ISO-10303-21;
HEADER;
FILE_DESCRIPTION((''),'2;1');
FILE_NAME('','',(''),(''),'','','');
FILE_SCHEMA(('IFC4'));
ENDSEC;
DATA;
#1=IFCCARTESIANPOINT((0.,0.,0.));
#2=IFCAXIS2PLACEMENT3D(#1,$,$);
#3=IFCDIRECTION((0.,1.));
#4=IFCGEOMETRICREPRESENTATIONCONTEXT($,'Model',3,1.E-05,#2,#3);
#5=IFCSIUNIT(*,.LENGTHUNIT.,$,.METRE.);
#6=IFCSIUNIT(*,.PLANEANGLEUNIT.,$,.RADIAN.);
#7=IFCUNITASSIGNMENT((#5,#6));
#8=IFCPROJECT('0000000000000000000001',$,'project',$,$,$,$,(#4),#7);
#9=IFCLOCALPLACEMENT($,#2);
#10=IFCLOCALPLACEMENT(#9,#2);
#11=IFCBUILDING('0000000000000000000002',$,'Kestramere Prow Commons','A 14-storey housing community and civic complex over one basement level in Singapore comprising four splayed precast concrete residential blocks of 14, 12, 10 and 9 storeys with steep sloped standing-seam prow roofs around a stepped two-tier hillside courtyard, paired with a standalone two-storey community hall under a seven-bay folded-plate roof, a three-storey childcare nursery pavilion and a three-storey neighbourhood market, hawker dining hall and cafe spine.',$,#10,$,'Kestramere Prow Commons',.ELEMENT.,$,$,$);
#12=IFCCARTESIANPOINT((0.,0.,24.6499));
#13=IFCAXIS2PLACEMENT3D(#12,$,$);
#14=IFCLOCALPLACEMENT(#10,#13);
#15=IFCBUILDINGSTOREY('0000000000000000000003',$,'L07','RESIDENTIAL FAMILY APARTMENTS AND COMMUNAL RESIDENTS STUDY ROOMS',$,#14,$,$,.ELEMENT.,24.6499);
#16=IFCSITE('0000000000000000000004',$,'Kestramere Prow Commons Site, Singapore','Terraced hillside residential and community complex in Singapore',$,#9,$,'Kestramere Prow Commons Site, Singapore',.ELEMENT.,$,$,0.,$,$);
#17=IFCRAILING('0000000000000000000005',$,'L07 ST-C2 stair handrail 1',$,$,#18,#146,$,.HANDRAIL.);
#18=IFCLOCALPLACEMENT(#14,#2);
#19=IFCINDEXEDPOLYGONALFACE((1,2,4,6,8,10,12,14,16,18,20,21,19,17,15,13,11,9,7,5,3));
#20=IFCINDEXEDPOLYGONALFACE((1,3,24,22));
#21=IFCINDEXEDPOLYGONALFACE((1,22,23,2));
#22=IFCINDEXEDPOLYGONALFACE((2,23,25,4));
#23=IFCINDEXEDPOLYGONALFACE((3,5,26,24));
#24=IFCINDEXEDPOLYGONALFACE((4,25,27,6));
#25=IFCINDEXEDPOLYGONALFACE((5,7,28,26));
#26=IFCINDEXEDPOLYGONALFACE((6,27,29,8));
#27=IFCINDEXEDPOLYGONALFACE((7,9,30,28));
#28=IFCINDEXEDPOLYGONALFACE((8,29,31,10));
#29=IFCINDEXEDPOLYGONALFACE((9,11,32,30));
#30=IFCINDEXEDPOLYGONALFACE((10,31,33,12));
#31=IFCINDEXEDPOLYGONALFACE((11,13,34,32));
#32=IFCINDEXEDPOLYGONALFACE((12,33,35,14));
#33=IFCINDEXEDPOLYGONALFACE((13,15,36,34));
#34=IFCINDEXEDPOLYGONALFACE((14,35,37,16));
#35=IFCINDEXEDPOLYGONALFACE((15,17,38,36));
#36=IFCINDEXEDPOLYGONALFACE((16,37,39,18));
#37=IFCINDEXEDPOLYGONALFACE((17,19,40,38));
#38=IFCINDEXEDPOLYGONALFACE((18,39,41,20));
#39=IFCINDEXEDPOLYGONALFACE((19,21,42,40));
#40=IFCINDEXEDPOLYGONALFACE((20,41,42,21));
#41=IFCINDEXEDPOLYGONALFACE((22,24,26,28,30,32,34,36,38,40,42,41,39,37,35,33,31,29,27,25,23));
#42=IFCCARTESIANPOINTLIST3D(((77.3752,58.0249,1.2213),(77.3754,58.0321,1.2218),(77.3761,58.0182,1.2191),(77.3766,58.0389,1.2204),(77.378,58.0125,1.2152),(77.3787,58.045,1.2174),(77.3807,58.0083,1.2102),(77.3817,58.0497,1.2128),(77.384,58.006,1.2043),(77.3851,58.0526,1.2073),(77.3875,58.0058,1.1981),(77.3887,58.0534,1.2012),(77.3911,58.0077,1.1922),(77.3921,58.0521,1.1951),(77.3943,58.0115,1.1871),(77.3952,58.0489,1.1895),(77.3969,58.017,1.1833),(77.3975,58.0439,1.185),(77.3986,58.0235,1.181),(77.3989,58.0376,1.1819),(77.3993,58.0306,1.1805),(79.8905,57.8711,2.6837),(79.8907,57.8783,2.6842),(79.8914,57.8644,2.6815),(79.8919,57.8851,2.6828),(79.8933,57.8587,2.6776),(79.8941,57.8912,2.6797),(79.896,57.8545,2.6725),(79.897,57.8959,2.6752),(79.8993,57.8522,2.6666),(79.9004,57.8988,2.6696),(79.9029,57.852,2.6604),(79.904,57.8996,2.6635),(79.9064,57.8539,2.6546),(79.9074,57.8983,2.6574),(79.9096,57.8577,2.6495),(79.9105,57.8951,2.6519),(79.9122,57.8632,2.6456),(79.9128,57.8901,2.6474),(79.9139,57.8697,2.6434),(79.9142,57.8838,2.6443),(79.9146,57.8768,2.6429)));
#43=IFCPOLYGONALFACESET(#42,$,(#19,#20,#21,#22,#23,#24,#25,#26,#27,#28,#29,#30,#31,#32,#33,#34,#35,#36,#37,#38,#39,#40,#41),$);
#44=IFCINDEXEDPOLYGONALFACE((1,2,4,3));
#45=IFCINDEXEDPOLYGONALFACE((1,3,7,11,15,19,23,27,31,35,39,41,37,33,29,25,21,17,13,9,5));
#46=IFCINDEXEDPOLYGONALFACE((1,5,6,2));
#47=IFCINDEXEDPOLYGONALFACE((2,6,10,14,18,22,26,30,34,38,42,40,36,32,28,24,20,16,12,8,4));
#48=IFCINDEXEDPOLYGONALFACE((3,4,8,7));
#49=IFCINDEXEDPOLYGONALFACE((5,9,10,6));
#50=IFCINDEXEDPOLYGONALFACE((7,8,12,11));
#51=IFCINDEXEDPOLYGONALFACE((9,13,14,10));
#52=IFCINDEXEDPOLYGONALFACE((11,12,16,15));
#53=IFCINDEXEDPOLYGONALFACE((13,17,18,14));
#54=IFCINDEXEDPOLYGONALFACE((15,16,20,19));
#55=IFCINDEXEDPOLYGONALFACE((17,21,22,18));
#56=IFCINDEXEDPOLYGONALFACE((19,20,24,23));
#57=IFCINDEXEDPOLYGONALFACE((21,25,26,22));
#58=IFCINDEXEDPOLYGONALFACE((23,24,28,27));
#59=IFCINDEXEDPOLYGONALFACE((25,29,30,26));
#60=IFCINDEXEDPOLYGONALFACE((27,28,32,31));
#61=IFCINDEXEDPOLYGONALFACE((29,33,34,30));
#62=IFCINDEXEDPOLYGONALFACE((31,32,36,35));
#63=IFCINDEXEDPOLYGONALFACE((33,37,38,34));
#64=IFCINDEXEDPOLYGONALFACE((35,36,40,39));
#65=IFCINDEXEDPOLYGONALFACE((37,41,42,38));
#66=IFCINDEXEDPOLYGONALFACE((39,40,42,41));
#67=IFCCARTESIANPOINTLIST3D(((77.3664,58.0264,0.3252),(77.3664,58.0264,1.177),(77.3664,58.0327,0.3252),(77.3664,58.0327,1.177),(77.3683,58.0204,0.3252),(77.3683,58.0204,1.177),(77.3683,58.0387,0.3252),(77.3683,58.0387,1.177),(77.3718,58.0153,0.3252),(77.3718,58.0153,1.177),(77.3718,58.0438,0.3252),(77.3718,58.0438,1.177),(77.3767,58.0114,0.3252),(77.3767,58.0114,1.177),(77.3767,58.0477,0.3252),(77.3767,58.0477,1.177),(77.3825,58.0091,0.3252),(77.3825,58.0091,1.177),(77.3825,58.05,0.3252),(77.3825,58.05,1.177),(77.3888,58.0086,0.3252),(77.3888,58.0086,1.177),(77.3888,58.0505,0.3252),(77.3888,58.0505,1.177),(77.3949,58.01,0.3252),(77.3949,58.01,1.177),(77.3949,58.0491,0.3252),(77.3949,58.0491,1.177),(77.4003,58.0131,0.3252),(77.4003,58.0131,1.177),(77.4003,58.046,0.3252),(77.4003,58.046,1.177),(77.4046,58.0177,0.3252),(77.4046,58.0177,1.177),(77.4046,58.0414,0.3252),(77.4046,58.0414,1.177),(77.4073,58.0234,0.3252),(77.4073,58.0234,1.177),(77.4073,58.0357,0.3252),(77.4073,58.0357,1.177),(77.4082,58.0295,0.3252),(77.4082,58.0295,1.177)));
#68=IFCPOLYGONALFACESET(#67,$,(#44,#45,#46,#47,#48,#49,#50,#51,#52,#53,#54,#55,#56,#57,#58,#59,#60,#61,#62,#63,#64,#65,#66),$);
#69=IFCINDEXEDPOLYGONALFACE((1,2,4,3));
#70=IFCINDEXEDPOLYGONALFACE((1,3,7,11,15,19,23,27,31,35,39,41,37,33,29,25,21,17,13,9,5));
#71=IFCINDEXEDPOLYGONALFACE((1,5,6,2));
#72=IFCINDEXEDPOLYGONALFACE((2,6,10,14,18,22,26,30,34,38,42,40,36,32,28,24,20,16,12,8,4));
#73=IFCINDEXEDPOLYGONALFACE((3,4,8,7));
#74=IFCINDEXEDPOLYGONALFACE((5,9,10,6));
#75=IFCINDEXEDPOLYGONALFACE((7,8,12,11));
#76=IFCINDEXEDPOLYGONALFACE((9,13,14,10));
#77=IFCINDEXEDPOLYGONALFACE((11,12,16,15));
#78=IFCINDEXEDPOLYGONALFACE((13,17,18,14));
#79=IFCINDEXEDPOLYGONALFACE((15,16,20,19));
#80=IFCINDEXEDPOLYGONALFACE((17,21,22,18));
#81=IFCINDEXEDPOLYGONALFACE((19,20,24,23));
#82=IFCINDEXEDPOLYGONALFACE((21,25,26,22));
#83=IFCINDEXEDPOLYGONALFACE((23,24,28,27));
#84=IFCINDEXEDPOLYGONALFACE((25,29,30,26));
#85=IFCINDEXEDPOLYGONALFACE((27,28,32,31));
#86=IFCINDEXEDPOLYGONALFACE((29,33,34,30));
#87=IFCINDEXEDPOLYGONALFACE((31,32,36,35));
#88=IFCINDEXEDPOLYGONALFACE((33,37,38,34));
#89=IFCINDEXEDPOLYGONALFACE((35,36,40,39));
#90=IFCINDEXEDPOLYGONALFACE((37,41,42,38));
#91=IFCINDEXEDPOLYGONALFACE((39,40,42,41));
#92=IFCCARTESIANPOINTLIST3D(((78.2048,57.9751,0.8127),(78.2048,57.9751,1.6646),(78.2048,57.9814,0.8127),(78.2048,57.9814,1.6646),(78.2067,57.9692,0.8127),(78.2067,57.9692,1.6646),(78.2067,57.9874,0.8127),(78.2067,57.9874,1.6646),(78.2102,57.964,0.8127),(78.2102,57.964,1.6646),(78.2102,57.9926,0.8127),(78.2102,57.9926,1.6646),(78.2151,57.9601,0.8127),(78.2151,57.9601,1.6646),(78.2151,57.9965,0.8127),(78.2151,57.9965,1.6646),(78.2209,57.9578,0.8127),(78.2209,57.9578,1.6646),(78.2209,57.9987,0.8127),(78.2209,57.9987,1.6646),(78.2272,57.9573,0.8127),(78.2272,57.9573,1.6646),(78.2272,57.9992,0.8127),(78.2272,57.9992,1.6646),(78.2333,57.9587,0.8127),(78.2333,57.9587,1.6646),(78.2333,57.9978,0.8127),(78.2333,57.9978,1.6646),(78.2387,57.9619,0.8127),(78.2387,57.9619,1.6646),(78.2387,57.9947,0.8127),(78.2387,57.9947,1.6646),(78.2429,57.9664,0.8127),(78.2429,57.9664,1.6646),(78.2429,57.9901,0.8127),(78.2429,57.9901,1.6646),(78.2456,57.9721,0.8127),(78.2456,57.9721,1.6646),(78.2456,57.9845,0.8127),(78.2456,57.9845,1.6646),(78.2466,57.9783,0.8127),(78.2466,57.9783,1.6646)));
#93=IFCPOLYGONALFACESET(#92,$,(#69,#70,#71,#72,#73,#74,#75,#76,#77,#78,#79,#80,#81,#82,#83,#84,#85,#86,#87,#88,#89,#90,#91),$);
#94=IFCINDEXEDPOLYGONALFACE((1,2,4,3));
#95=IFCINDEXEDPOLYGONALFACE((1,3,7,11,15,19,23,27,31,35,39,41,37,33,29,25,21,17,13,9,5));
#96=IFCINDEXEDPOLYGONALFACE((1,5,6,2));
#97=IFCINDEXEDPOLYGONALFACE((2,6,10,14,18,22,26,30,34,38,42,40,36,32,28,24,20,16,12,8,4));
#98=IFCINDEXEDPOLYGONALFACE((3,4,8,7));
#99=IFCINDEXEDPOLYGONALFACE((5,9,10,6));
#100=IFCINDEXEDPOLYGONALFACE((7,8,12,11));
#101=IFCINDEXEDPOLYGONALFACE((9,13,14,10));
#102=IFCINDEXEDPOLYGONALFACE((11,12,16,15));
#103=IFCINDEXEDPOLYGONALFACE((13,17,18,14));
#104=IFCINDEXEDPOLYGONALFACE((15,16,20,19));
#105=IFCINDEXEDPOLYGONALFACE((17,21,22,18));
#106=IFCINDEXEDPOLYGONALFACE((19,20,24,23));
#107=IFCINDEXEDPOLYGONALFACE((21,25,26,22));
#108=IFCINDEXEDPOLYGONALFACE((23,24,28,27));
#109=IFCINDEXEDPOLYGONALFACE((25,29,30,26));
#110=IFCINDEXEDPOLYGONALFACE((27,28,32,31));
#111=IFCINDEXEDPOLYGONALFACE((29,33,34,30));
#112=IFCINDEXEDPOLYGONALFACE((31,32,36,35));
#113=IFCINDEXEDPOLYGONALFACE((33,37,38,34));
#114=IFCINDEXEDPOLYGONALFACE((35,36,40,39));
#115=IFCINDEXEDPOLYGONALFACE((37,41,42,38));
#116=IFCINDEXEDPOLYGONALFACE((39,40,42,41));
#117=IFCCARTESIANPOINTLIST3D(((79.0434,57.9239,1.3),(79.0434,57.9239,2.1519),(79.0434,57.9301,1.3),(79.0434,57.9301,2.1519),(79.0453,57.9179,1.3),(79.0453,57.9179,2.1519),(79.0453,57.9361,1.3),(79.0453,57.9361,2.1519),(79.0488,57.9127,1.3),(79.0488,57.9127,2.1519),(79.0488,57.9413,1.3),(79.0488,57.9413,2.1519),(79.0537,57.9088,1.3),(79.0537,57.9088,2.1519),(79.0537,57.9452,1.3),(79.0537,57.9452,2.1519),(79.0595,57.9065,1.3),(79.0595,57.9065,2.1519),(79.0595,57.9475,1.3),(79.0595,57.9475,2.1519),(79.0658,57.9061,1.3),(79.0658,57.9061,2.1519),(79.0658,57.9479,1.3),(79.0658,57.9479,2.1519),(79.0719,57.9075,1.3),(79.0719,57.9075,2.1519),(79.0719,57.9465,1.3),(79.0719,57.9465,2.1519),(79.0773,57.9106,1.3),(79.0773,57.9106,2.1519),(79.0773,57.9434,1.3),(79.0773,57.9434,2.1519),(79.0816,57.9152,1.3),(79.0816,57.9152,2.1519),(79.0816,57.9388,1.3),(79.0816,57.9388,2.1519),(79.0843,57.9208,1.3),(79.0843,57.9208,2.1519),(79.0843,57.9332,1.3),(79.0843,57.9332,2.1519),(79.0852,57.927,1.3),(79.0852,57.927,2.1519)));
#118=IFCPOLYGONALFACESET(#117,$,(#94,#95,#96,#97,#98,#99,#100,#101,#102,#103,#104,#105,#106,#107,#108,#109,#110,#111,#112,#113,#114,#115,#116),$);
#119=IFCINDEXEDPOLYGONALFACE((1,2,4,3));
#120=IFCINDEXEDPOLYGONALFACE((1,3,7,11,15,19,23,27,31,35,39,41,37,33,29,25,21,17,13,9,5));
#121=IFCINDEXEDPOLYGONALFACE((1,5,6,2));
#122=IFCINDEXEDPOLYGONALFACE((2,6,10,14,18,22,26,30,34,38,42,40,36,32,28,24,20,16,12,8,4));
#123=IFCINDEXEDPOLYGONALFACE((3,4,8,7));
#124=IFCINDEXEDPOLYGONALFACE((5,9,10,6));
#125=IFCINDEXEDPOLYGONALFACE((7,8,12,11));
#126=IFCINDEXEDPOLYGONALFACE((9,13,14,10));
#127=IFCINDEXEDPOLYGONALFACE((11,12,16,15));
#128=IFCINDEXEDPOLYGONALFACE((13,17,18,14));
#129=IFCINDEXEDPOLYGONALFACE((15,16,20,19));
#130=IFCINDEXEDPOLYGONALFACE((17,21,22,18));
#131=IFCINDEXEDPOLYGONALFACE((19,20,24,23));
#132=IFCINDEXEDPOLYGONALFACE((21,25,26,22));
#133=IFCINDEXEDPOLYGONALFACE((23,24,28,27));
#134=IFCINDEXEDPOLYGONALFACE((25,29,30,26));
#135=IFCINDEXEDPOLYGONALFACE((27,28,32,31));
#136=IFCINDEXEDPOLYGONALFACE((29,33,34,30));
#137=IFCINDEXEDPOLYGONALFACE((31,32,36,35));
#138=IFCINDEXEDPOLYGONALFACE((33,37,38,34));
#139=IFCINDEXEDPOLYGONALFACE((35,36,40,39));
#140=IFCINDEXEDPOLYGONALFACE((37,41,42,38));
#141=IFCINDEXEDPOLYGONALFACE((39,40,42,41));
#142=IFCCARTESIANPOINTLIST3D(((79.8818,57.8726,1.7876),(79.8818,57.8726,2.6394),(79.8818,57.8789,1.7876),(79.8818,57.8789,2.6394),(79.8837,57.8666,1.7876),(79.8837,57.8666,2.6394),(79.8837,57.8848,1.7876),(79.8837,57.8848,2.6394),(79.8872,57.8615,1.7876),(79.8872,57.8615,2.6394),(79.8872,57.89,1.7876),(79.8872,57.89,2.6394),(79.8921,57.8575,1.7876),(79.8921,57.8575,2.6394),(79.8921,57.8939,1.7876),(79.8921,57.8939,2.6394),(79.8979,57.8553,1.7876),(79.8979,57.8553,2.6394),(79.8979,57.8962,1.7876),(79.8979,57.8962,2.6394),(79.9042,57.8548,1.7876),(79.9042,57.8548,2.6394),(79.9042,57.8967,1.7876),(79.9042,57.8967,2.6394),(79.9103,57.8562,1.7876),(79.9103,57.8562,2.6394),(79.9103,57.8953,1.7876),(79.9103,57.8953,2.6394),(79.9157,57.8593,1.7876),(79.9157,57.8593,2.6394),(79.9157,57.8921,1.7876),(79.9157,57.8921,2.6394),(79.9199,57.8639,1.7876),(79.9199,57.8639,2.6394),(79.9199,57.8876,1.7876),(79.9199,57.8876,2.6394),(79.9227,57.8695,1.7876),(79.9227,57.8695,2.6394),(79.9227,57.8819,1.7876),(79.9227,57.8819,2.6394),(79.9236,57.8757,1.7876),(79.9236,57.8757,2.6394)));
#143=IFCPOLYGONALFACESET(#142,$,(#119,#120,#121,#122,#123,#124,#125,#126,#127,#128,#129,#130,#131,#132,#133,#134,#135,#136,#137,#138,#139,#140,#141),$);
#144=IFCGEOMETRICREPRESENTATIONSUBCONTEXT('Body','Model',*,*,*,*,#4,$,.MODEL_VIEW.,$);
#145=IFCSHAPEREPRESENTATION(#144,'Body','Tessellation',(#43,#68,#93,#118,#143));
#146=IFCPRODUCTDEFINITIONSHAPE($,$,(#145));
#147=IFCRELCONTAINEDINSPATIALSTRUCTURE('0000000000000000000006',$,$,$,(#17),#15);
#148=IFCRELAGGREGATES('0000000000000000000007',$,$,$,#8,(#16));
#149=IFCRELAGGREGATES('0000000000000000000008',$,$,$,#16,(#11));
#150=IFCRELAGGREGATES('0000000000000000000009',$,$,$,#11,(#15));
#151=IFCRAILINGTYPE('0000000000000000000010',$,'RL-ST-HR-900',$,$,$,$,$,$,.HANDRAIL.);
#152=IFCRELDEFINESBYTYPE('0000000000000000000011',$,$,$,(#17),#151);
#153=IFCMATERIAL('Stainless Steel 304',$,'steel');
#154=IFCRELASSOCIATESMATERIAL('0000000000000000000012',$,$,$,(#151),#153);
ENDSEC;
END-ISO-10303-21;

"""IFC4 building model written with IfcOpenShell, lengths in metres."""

from ifc_helpers import new_model, si_unit, direction, frame, origin, origin_2d, place, context, subcontext, project, spatial, circle, extrude, material, type_object, element, save


model = new_model("IFC4")

# Units and contexts
model_context = context("Model", 3, precision=1e-05, world=origin(), true_north=direction((0.0, 1.0)))
body_context = subcontext(model_context, "Body", "Model", "MODEL_VIEW")
ifc_project = project(units=[si_unit("LENGTHUNIT", "METRE"), si_unit("PLANEANGLEUNIT", "RADIAN")], contexts=[model_context])

# Site, building, storey
site_placement = place(None, origin())
site = spatial("IfcSite", under=ifc_project, at=site_placement, Name="Kestramere Prow Commons Site, Singapore", Description="Terraced hillside residential and community complex in Singapore", LongName="Kestramere Prow Commons Site, Singapore", CompositionType="ELEMENT", RefElevation=0.0)
building_placement = place(site_placement, origin())
building = spatial("IfcBuilding", under=site, at=building_placement, Name="Kestramere Prow Commons", Description="A 14-storey housing community and civic complex over one basement level in Singapore comprising four splayed precast concrete residential blocks of 14, 12, 10 and 9 storeys with steep sloped standing-seam prow roofs around a stepped two-tier hillside courtyard, paired with a standalone two-storey community hall under a seven-bay folded-plate roof, a three-storey childcare nursery pavilion and a three-storey neighbourhood market, hawker dining hall and cafe spine.", LongName="Kestramere Prow Commons", CompositionType="ELEMENT")
storey_placement = place(building_placement, frame((0.0, 0.0, 24.6499)))
storey = spatial("IfcBuildingStorey", under=building, at=storey_placement, Name="L07", Description="RESIDENTIAL FAMILY APARTMENTS AND COMMUNAL RESIDENTS STUDY ROOMS", CompositionType="ELEMENT", Elevation=24.6499)

# Railing
ifc_material_1 = material(Name="Stainless Steel 304", Category="steel")
railing_type_1 = type_object("IfcRailingType", Name="RL-ST-HR-900", PredefinedType="HANDRAIL", material=ifc_material_1)
railing_1_placement = place(storey_placement, frame((77.3872, 58.0295, 0.3252)))
element("IfcRailing", 1, at=railing_1_placement, inside=storey, type_object=railing_type_1, Name="L07 ST-C2 stair handrail 1", PredefinedType="HANDRAIL", context=body_context, shape_type="SweptSolid", body=[
    extrude(circle(Radius=0.0239, at=origin_2d()), frame((0.0, 0.0, 0.876), z_axis=(0.863306, -0.052789, 0.501912), x_axis=(0.061033, 0.998136, 0.0)), (0.0, 0.0, 1.0), 2.9136),
    extrude(circle(Radius=0.021, at=origin_2d()), origin(), (0.0, 0.0, 1.0), 0.8518),
    extrude(circle(Radius=0.021, at=origin_2d()), frame((0.8384, -0.0513, 0.4875)), (0.0, 0.0, 1.0), 0.8518),
    extrude(circle(Radius=0.021, at=origin_2d()), frame((1.677, -0.1025, 0.9749)), (0.0, 0.0, 1.0), 0.8518),
    extrude(circle(Radius=0.021, at=origin_2d()), frame((2.5154, -0.1538, 1.4624)), (0.0, 0.0, 1.0), 0.8518),
])

save(model, "model.ifc")
